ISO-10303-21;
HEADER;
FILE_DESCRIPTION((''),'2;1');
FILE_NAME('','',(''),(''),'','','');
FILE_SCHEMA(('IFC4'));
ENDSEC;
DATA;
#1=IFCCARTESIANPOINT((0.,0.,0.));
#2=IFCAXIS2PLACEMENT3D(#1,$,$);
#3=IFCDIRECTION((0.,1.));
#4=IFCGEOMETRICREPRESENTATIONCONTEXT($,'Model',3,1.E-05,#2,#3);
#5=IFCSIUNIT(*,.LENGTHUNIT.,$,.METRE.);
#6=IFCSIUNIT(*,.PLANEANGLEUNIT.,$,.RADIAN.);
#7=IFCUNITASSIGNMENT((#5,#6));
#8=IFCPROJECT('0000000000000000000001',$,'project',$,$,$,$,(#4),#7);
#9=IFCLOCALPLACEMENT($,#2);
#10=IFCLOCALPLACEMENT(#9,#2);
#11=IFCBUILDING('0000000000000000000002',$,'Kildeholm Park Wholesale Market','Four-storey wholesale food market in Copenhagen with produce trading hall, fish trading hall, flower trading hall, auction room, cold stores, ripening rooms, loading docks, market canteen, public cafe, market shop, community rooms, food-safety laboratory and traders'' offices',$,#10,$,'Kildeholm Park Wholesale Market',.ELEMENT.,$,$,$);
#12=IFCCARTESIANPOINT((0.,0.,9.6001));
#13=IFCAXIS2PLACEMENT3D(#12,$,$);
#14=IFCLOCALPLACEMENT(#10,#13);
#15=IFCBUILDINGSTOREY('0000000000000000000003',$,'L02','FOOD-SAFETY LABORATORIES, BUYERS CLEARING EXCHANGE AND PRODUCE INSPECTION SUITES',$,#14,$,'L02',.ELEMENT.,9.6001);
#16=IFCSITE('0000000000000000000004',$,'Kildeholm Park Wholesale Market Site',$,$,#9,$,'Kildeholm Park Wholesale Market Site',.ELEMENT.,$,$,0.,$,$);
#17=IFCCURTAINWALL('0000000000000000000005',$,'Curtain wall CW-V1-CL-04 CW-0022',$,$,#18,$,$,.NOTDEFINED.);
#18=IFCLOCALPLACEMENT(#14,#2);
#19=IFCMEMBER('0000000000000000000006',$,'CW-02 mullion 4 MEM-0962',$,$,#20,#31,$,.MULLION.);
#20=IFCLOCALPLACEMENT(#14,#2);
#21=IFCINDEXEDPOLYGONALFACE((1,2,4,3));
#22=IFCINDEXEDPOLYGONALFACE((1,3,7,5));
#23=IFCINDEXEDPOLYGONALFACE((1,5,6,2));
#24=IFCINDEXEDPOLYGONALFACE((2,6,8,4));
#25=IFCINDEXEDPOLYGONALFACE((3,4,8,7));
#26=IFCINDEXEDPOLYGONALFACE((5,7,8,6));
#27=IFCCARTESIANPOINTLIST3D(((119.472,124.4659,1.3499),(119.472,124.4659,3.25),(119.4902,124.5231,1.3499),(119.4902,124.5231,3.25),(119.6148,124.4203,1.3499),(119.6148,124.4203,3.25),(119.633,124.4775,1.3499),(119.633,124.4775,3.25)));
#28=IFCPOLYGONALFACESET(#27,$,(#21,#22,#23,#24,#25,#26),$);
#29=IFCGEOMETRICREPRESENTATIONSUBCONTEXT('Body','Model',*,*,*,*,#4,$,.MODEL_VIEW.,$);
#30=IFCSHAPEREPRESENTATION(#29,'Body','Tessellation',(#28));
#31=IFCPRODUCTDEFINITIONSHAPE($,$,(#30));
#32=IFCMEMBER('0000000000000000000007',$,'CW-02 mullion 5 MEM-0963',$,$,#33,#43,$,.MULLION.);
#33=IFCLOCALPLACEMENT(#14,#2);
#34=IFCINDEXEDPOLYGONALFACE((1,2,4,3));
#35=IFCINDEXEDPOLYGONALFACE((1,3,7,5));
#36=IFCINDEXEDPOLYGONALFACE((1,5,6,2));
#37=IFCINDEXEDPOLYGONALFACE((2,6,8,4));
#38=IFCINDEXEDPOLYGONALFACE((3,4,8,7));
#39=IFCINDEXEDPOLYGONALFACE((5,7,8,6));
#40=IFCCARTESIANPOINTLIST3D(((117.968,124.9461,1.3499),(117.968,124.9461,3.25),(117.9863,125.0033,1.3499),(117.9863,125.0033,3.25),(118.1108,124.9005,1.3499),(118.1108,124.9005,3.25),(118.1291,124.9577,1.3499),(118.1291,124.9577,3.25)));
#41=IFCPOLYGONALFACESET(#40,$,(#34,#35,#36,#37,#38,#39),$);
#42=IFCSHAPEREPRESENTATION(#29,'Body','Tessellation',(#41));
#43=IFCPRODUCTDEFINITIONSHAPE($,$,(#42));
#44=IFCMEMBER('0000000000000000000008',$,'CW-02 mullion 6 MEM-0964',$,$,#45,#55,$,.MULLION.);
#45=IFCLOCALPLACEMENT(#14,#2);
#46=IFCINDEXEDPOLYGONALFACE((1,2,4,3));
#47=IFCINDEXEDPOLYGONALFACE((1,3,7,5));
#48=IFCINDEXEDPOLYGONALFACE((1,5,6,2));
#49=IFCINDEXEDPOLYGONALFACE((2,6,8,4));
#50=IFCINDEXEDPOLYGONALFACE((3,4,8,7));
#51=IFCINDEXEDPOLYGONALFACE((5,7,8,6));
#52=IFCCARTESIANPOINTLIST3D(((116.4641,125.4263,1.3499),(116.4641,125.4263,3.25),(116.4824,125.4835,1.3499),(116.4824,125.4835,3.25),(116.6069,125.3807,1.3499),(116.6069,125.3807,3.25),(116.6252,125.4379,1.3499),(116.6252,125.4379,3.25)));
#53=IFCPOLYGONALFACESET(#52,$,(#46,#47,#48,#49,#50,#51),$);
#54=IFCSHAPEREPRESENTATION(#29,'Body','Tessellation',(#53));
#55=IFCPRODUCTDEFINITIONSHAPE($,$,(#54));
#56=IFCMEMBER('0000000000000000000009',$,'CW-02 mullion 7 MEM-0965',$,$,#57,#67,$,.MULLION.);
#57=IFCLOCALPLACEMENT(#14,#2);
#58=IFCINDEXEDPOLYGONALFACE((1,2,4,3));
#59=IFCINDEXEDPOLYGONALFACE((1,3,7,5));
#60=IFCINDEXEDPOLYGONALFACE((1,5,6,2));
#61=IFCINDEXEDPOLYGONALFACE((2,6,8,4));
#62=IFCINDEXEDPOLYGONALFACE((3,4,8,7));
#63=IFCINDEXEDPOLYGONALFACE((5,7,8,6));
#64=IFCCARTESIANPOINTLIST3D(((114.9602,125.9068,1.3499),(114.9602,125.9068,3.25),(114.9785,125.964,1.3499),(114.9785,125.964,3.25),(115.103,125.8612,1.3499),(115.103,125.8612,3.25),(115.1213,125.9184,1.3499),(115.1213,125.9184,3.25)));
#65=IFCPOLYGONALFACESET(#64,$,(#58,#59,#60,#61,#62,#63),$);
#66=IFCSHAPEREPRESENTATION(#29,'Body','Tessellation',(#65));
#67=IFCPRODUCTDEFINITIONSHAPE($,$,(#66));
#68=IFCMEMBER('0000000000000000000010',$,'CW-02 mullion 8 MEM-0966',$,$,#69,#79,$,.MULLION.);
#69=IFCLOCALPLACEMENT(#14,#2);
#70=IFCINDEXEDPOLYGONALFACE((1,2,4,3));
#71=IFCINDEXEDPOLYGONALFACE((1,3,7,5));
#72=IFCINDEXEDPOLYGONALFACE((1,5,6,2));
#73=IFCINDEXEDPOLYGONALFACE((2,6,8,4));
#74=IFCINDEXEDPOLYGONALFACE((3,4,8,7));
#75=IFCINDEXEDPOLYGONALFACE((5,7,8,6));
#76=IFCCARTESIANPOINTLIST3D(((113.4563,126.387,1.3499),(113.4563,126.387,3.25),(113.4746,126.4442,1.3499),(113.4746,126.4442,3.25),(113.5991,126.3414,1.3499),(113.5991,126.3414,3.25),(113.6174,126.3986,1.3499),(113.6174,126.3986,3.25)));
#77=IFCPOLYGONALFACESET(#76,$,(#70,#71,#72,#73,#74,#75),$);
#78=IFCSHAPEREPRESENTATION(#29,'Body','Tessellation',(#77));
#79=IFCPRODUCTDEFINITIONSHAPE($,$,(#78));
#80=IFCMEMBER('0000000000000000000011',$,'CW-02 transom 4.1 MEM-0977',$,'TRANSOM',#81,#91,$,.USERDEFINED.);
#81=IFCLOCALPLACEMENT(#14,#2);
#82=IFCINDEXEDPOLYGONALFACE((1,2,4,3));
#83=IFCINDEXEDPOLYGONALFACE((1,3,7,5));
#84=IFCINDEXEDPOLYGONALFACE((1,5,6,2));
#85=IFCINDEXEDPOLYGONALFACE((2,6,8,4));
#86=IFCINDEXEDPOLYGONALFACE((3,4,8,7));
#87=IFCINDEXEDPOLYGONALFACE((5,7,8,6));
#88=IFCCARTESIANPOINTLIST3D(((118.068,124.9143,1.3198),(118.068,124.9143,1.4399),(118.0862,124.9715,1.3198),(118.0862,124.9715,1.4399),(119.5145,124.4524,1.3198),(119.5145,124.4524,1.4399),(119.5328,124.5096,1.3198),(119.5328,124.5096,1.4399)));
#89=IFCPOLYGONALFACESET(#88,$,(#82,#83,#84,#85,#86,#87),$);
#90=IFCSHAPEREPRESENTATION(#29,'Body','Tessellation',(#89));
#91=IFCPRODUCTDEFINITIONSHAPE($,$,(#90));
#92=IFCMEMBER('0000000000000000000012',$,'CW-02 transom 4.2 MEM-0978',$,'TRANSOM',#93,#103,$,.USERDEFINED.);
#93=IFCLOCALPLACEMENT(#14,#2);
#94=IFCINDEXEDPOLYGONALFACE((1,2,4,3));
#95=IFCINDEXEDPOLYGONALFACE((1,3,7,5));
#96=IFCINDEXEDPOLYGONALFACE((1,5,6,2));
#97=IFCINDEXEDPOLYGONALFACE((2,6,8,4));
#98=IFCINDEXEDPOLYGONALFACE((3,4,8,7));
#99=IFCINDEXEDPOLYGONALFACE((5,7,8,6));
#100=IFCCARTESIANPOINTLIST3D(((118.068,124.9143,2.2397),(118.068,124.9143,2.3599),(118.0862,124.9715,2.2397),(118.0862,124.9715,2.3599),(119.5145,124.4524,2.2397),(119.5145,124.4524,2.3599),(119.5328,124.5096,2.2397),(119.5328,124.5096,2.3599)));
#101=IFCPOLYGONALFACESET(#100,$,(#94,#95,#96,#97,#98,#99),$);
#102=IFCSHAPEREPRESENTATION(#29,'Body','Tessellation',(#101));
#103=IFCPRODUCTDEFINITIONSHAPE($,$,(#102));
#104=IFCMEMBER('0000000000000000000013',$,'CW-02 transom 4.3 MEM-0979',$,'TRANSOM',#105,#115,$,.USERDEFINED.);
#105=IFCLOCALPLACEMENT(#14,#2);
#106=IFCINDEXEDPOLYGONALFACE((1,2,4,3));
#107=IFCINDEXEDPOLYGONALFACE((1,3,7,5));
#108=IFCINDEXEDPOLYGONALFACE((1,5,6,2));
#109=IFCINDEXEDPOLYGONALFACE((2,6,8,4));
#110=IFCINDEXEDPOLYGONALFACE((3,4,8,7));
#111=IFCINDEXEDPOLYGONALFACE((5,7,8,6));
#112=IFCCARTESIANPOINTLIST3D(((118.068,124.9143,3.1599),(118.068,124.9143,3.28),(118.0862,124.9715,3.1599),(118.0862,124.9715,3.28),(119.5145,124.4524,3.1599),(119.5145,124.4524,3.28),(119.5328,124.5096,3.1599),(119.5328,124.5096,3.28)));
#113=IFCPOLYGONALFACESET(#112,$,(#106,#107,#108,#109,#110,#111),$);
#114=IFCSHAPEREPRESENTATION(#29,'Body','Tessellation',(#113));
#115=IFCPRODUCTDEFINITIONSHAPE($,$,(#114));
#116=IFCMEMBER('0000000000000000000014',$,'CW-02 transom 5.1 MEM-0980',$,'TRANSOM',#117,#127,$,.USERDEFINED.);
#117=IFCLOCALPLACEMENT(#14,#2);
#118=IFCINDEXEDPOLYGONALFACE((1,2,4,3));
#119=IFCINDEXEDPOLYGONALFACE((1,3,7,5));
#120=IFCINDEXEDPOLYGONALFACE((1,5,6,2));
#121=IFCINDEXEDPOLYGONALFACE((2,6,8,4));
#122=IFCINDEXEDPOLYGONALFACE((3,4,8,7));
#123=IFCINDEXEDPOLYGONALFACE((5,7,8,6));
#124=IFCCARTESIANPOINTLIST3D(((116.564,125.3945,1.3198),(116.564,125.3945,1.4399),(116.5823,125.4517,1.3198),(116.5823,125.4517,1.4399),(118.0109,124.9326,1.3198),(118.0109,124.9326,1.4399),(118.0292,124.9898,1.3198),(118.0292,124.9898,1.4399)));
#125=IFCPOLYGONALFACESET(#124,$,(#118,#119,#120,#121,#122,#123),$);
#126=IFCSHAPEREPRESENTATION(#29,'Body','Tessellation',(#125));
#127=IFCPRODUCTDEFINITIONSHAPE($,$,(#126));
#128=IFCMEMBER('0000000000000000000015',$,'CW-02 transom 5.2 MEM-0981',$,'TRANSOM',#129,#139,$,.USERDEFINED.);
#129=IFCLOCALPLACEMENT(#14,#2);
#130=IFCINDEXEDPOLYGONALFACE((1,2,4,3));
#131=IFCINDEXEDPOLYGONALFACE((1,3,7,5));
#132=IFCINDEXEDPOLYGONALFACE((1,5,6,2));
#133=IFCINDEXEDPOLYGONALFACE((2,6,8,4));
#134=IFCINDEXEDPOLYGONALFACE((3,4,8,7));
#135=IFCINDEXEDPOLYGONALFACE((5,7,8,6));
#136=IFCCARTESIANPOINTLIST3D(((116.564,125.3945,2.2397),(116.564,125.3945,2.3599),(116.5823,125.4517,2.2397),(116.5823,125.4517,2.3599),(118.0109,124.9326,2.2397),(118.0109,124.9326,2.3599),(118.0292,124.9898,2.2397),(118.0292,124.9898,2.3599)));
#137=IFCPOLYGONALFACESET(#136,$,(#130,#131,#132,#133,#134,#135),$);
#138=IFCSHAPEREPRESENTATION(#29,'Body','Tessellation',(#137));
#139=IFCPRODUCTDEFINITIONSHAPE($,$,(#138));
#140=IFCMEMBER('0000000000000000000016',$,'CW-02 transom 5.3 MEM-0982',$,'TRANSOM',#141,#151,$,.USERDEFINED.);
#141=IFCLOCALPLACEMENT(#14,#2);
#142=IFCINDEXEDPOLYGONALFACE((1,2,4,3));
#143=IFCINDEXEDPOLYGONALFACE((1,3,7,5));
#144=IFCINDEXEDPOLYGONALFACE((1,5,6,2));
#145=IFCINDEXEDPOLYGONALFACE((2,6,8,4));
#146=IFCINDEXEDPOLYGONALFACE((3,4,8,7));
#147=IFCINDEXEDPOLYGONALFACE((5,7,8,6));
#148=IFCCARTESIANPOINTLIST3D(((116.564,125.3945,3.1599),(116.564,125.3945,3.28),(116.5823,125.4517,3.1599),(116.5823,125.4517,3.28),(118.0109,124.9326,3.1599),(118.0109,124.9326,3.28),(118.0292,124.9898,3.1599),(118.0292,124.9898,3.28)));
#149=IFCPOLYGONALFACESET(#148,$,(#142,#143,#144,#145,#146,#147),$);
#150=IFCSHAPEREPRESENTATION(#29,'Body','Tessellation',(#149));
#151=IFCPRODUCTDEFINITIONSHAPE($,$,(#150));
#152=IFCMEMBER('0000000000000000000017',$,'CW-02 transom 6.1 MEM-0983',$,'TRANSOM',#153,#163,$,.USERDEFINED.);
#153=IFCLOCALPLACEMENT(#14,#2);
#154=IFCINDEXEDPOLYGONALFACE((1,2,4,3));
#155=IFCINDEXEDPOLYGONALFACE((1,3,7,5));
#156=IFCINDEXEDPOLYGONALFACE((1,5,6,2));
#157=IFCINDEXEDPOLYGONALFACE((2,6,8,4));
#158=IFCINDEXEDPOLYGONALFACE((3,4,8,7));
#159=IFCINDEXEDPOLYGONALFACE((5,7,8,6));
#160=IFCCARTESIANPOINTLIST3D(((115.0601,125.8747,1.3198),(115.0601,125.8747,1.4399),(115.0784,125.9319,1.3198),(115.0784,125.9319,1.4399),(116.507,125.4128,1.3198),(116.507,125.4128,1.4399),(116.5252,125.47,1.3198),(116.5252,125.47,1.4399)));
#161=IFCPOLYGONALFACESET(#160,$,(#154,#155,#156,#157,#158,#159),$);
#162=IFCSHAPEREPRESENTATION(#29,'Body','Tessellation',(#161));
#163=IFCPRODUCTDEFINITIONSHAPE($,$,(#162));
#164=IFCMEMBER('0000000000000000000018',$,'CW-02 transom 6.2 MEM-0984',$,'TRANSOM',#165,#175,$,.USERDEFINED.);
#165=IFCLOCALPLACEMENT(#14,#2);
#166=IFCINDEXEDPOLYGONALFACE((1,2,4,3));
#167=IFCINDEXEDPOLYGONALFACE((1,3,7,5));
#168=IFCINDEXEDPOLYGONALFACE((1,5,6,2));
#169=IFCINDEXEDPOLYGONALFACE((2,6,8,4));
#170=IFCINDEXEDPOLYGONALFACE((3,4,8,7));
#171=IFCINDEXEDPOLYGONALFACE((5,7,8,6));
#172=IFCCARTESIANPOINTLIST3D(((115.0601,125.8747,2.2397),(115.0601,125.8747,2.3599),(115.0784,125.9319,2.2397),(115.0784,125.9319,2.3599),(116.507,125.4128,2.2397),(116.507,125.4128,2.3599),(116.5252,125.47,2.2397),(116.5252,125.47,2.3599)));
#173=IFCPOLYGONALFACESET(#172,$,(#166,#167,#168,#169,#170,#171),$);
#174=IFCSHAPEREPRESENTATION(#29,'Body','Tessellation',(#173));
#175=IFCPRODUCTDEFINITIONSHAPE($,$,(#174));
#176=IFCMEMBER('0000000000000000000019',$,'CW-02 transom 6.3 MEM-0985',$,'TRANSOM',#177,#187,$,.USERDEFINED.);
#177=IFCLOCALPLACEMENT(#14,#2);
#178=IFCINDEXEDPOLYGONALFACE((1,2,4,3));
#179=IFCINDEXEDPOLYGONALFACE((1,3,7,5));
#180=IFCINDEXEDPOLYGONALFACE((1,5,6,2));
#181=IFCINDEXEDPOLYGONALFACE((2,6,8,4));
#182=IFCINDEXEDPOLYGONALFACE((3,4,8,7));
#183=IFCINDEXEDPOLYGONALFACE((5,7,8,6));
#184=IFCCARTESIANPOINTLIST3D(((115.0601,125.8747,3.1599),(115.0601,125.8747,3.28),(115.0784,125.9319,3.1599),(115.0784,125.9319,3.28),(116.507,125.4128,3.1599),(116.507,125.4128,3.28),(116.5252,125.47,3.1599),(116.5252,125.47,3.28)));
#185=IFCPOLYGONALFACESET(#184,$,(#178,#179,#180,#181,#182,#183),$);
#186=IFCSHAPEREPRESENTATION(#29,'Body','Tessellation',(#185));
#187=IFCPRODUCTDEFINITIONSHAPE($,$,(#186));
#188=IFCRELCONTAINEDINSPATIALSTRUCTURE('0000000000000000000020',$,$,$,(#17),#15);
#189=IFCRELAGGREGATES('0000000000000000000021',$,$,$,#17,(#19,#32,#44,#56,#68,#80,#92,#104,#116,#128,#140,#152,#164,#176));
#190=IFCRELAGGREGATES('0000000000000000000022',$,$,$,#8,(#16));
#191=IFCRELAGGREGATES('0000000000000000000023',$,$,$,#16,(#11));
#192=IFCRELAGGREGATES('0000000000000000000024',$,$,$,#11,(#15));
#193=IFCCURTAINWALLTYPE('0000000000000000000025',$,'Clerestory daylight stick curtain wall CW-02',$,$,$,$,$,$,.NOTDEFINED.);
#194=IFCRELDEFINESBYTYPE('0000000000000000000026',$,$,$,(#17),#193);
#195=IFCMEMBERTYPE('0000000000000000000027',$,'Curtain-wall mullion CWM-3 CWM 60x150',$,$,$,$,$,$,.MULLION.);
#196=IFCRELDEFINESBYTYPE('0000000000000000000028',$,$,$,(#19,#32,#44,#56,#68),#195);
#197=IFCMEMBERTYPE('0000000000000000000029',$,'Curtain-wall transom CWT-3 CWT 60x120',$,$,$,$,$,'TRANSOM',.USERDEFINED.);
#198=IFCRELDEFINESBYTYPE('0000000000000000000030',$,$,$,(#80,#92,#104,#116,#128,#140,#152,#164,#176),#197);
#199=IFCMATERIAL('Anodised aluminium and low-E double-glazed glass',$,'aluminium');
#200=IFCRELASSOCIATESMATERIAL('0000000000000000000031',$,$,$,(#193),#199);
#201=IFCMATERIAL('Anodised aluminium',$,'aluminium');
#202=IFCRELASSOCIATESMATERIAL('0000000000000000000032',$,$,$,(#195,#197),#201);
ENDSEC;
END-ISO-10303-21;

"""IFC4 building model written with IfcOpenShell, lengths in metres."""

from ifc_helpers import new_model, si_unit, direction, frame, origin, origin_2d, place, context, subcontext, project, spatial, rectangle, extrude, material, material_profile, profile_set, type_object, element, aggregate, save


model = new_model("IFC4")

# Units and contexts
model_context = context("Model", 3, precision=1e-05, world=origin(), true_north=direction((0.0, 1.0)))
body_context = subcontext(model_context, "Body", "Model", "MODEL_VIEW")
ifc_project = project(units=[si_unit("LENGTHUNIT", "METRE"), si_unit("PLANEANGLEUNIT", "RADIAN")], contexts=[model_context])

# Site, building, storey
site_placement = place(None, origin())
site = spatial("IfcSite", under=ifc_project, at=site_placement, Name="Kildeholm Park Wholesale Market Site", LongName="Kildeholm Park Wholesale Market Site", CompositionType="ELEMENT", RefElevation=0.0)
building_placement = place(site_placement, origin())
building = spatial("IfcBuilding", under=site, at=building_placement, Name="Kildeholm Park Wholesale Market", Description="Four-storey wholesale food market in Copenhagen with produce trading hall, fish trading hall, flower trading hall, auction room, cold stores, ripening rooms, loading docks, market canteen, public cafe, market shop, community rooms, food-safety laboratory and traders' offices", LongName="Kildeholm Park Wholesale Market", CompositionType="ELEMENT")
storey_placement = place(building_placement, frame((0.0, 0.0, 9.6001)))
storey = spatial("IfcBuildingStorey", under=building, at=storey_placement, Name="L02", Description="FOOD-SAFETY LABORATORIES, BUYERS CLEARING EXCHANGE AND PRODUCE INSPECTION SUITES", LongName="L02", CompositionType="ELEMENT", Elevation=9.6001)

# Curtain wall, members
ifc_material_1 = material(Name="Anodised aluminium and low-E double-glazed glass", Category="aluminium")
curtain_wall_type = type_object("IfcCurtainWallType", Name="Clerestory daylight stick curtain wall CW-02", PredefinedType="NOTDEFINED", material=ifc_material_1)
curtain_wall_placement = place(storey_placement, origin())
curtain_wall = element("IfcCurtainWall", 1, at=curtain_wall_placement, inside=storey, type_object=curtain_wall_type, Name="Curtain wall CW-V1-CL-04 CW-0022", PredefinedType="NOTDEFINED")
ifc_material_2 = material(Name="Anodised aluminium", Category="aluminium")
ifc_material_profile_1 = material_profile(ifc_material_2, rectangle(XDim=0.0601, YDim=0.1499, at=origin_2d()), Name="CWM 60x150")
ifc_profile_set_1 = profile_set([ifc_material_profile_1], Name="Anodised aluminium")
member_type_1 = type_object("IfcMemberType", Name="Curtain-wall mullion CWM-3 CWM 60x150", PredefinedType="MULLION", material=ifc_profile_set_1)
member_1_placement = place(storey_placement, frame((119.5525, 124.4717, 1.3499), z_axis=(0.0, 0.0, 1.0), x_axis=(-0.304207, -0.952606, 0.0)))
member_1 = element("IfcMember", 2, at=member_1_placement, type_object=member_type_1, Name="CW-02 mullion 4 MEM-0962", PredefinedType="MULLION", context=body_context, shape_type="SweptSolid", body=[
    extrude(rectangle(XDim=0.0601, YDim=0.1499, at=origin_2d()), origin(), (0.0, 0.0, 1.0), 1.9001),
])
member_2_placement = place(storey_placement, frame((118.0486, 124.9519, 1.3499), z_axis=(0.0, 0.0, 1.0), x_axis=(-0.304207, -0.952606, 0.0)))
member_2 = element("IfcMember", 3, at=member_2_placement, type_object=member_type_1, Name="CW-02 mullion 5 MEM-0963", PredefinedType="MULLION", context=body_context, shape_type="SweptSolid", body=[
    extrude(rectangle(XDim=0.0601, YDim=0.1499, at=origin_2d()), origin(), (0.0, 0.0, 1.0), 1.9001),
])
member_3_placement = place(storey_placement, frame((116.5447, 125.4321, 1.3499), z_axis=(0.0, 0.0, 1.0), x_axis=(-0.304207, -0.952606, 0.0)))
member_3 = element("IfcMember", 4, at=member_3_placement, type_object=member_type_1, Name="CW-02 mullion 6 MEM-0964", PredefinedType="MULLION", context=body_context, shape_type="SweptSolid", body=[
    extrude(rectangle(XDim=0.0601, YDim=0.1499, at=origin_2d()), origin(), (0.0, 0.0, 1.0), 1.9001),
])
member_4_placement = place(storey_placement, frame((115.0408, 125.9126, 1.3499), z_axis=(0.0, 0.0, 1.0), x_axis=(-0.304207, -0.952606, 0.0)))
member_4 = element("IfcMember", 5, at=member_4_placement, type_object=member_type_1, Name="CW-02 mullion 7 MEM-0965", PredefinedType="MULLION", context=body_context, shape_type="SweptSolid", body=[
    extrude(rectangle(XDim=0.0601, YDim=0.1499, at=origin_2d()), origin(), (0.0, 0.0, 1.0), 1.9001),
])
member_5_placement = place(storey_placement, frame((113.5369, 126.3928, 1.3499), z_axis=(0.0, 0.0, 1.0), x_axis=(-0.304207, -0.952606, 0.0)))
member_5 = element("IfcMember", 6, at=member_5_placement, type_object=member_type_1, Name="CW-02 mullion 8 MEM-0966", PredefinedType="MULLION", context=body_context, shape_type="SweptSolid", body=[
    extrude(rectangle(XDim=0.0601, YDim=0.1499, at=origin_2d()), origin(), (0.0, 0.0, 1.0), 1.9001),
])
ifc_material_profile_2 = material_profile(ifc_material_2, rectangle(XDim=0.0601, YDim=0.1201, at=origin_2d()), Name="CWT 60x120")
ifc_profile_set_2 = profile_set([ifc_material_profile_2], Name="Anodised aluminium")
member_type_2 = type_object("IfcMemberType", Name="Curtain-wall transom CWT-3 CWT 60x120", ElementType="TRANSOM", PredefinedType="USERDEFINED", material=ifc_profile_set_2)
member_6_placement = place(storey_placement, frame((119.5237, 124.481, 1.3799), z_axis=(-0.952611, 0.304192, 0.0), x_axis=(-0.304192, -0.952611, 0.0)))
member_6 = element("IfcMember", 7, at=member_6_placement, type_object=member_type_2, Name="CW-02 transom 4.1 MEM-0977", ObjectType="TRANSOM", PredefinedType="USERDEFINED", context=body_context, shape_type="SweptSolid", body=[
    extrude(rectangle(XDim=0.0601, YDim=0.1201, at=origin_2d()), origin(), (0.0, 0.0, 1.0), 1.5186),
])
member_7_placement = place(storey_placement, frame((119.5237, 124.481, 2.2998), z_axis=(-0.952611, 0.304192, 0.0), x_axis=(-0.304192, -0.952611, 0.0)))
member_7 = element("IfcMember", 8, at=member_7_placement, type_object=member_type_2, Name="CW-02 transom 4.2 MEM-0978", ObjectType="TRANSOM", PredefinedType="USERDEFINED", context=body_context, shape_type="SweptSolid", body=[
    extrude(rectangle(XDim=0.0601, YDim=0.1201, at=origin_2d()), origin(), (0.0, 0.0, 1.0), 1.5186),
])
member_8_placement = place(storey_placement, frame((119.5237, 124.481, 3.22), z_axis=(-0.952611, 0.304192, 0.0), x_axis=(-0.304192, -0.952611, 0.0)))
member_8 = element("IfcMember", 9, at=member_8_placement, type_object=member_type_2, Name="CW-02 transom 4.3 MEM-0979", ObjectType="TRANSOM", PredefinedType="USERDEFINED", context=body_context, shape_type="SweptSolid", body=[
    extrude(rectangle(XDim=0.0601, YDim=0.1201, at=origin_2d()), origin(), (0.0, 0.0, 1.0), 1.5186),
])
member_9_placement = place(storey_placement, frame((118.02, 124.9612, 1.3799), z_axis=(-0.952626, 0.304146, 0.0), x_axis=(-0.304146, -0.952626, 0.0)))
member_9 = element("IfcMember", 10, at=member_9_placement, type_object=member_type_2, Name="CW-02 transom 5.1 MEM-0980", ObjectType="TRANSOM", PredefinedType="USERDEFINED", context=body_context, shape_type="SweptSolid", body=[
    extrude(rectangle(XDim=0.0601, YDim=0.1201, at=origin_2d()), origin(), (0.0, 0.0, 1.0), 1.5188),
])
member_10_placement = place(storey_placement, frame((118.02, 124.9612, 2.2998), z_axis=(-0.952626, 0.304146, 0.0), x_axis=(-0.304146, -0.952626, 0.0)))
member_10 = element("IfcMember", 11, at=member_10_placement, type_object=member_type_2, Name="CW-02 transom 5.2 MEM-0981", ObjectType="TRANSOM", PredefinedType="USERDEFINED", context=body_context, shape_type="SweptSolid", body=[
    extrude(rectangle(XDim=0.0601, YDim=0.1201, at=origin_2d()), origin(), (0.0, 0.0, 1.0), 1.5188),
])
member_11_placement = place(storey_placement, frame((118.02, 124.9612, 3.22), z_axis=(-0.952626, 0.304146, 0.0), x_axis=(-0.304146, -0.952626, 0.0)))
member_11 = element("IfcMember", 12, at=member_11_placement, type_object=member_type_2, Name="CW-02 transom 5.3 MEM-0982", ObjectType="TRANSOM", PredefinedType="USERDEFINED", context=body_context, shape_type="SweptSolid", body=[
    extrude(rectangle(XDim=0.0601, YDim=0.1201, at=origin_2d()), origin(), (0.0, 0.0, 1.0), 1.5188),
])
member_12_placement = place(storey_placement, frame((116.5161, 125.4414, 1.3799), z_axis=(-0.952626, 0.304146, 0.0), x_axis=(-0.304146, -0.952626, 0.0)))
member_12 = element("IfcMember", 13, at=member_12_placement, type_object=member_type_2, Name="CW-02 transom 6.1 MEM-0983", ObjectType="TRANSOM", PredefinedType="USERDEFINED", context=body_context, shape_type="SweptSolid", body=[
    extrude(rectangle(XDim=0.0601, YDim=0.1201, at=origin_2d()), origin(), (0.0, 0.0, 1.0), 1.5188),
])
member_13_placement = place(storey_placement, frame((116.5161, 125.4414, 2.2998), z_axis=(-0.952626, 0.304146, 0.0), x_axis=(-0.304146, -0.952626, 0.0)))
member_13 = element("IfcMember", 14, at=member_13_placement, type_object=member_type_2, Name="CW-02 transom 6.2 MEM-0984", ObjectType="TRANSOM", PredefinedType="USERDEFINED", context=body_context, shape_type="SweptSolid", body=[
    extrude(rectangle(XDim=0.0601, YDim=0.1201, at=origin_2d()), origin(), (0.0, 0.0, 1.0), 1.5188),
])
member_14_placement = place(storey_placement, frame((116.5161, 125.4414, 3.22), z_axis=(-0.952626, 0.304146, 0.0), x_axis=(-0.304146, -0.952626, 0.0)))
member_14 = element("IfcMember", 15, at=member_14_placement, type_object=member_type_2, Name="CW-02 transom 6.3 MEM-0985", ObjectType="TRANSOM", PredefinedType="USERDEFINED", context=body_context, shape_type="SweptSolid", body=[
    extrude(rectangle(XDim=0.0601, YDim=0.1201, at=origin_2d()), origin(), (0.0, 0.0, 1.0), 1.5188),
])
aggregate(curtain_wall, [member_1, member_2, member_3, member_4, member_5, member_6, member_7, member_8, member_9, member_10, member_11, member_12, member_13, member_14])

save(model, "model.ifc")
